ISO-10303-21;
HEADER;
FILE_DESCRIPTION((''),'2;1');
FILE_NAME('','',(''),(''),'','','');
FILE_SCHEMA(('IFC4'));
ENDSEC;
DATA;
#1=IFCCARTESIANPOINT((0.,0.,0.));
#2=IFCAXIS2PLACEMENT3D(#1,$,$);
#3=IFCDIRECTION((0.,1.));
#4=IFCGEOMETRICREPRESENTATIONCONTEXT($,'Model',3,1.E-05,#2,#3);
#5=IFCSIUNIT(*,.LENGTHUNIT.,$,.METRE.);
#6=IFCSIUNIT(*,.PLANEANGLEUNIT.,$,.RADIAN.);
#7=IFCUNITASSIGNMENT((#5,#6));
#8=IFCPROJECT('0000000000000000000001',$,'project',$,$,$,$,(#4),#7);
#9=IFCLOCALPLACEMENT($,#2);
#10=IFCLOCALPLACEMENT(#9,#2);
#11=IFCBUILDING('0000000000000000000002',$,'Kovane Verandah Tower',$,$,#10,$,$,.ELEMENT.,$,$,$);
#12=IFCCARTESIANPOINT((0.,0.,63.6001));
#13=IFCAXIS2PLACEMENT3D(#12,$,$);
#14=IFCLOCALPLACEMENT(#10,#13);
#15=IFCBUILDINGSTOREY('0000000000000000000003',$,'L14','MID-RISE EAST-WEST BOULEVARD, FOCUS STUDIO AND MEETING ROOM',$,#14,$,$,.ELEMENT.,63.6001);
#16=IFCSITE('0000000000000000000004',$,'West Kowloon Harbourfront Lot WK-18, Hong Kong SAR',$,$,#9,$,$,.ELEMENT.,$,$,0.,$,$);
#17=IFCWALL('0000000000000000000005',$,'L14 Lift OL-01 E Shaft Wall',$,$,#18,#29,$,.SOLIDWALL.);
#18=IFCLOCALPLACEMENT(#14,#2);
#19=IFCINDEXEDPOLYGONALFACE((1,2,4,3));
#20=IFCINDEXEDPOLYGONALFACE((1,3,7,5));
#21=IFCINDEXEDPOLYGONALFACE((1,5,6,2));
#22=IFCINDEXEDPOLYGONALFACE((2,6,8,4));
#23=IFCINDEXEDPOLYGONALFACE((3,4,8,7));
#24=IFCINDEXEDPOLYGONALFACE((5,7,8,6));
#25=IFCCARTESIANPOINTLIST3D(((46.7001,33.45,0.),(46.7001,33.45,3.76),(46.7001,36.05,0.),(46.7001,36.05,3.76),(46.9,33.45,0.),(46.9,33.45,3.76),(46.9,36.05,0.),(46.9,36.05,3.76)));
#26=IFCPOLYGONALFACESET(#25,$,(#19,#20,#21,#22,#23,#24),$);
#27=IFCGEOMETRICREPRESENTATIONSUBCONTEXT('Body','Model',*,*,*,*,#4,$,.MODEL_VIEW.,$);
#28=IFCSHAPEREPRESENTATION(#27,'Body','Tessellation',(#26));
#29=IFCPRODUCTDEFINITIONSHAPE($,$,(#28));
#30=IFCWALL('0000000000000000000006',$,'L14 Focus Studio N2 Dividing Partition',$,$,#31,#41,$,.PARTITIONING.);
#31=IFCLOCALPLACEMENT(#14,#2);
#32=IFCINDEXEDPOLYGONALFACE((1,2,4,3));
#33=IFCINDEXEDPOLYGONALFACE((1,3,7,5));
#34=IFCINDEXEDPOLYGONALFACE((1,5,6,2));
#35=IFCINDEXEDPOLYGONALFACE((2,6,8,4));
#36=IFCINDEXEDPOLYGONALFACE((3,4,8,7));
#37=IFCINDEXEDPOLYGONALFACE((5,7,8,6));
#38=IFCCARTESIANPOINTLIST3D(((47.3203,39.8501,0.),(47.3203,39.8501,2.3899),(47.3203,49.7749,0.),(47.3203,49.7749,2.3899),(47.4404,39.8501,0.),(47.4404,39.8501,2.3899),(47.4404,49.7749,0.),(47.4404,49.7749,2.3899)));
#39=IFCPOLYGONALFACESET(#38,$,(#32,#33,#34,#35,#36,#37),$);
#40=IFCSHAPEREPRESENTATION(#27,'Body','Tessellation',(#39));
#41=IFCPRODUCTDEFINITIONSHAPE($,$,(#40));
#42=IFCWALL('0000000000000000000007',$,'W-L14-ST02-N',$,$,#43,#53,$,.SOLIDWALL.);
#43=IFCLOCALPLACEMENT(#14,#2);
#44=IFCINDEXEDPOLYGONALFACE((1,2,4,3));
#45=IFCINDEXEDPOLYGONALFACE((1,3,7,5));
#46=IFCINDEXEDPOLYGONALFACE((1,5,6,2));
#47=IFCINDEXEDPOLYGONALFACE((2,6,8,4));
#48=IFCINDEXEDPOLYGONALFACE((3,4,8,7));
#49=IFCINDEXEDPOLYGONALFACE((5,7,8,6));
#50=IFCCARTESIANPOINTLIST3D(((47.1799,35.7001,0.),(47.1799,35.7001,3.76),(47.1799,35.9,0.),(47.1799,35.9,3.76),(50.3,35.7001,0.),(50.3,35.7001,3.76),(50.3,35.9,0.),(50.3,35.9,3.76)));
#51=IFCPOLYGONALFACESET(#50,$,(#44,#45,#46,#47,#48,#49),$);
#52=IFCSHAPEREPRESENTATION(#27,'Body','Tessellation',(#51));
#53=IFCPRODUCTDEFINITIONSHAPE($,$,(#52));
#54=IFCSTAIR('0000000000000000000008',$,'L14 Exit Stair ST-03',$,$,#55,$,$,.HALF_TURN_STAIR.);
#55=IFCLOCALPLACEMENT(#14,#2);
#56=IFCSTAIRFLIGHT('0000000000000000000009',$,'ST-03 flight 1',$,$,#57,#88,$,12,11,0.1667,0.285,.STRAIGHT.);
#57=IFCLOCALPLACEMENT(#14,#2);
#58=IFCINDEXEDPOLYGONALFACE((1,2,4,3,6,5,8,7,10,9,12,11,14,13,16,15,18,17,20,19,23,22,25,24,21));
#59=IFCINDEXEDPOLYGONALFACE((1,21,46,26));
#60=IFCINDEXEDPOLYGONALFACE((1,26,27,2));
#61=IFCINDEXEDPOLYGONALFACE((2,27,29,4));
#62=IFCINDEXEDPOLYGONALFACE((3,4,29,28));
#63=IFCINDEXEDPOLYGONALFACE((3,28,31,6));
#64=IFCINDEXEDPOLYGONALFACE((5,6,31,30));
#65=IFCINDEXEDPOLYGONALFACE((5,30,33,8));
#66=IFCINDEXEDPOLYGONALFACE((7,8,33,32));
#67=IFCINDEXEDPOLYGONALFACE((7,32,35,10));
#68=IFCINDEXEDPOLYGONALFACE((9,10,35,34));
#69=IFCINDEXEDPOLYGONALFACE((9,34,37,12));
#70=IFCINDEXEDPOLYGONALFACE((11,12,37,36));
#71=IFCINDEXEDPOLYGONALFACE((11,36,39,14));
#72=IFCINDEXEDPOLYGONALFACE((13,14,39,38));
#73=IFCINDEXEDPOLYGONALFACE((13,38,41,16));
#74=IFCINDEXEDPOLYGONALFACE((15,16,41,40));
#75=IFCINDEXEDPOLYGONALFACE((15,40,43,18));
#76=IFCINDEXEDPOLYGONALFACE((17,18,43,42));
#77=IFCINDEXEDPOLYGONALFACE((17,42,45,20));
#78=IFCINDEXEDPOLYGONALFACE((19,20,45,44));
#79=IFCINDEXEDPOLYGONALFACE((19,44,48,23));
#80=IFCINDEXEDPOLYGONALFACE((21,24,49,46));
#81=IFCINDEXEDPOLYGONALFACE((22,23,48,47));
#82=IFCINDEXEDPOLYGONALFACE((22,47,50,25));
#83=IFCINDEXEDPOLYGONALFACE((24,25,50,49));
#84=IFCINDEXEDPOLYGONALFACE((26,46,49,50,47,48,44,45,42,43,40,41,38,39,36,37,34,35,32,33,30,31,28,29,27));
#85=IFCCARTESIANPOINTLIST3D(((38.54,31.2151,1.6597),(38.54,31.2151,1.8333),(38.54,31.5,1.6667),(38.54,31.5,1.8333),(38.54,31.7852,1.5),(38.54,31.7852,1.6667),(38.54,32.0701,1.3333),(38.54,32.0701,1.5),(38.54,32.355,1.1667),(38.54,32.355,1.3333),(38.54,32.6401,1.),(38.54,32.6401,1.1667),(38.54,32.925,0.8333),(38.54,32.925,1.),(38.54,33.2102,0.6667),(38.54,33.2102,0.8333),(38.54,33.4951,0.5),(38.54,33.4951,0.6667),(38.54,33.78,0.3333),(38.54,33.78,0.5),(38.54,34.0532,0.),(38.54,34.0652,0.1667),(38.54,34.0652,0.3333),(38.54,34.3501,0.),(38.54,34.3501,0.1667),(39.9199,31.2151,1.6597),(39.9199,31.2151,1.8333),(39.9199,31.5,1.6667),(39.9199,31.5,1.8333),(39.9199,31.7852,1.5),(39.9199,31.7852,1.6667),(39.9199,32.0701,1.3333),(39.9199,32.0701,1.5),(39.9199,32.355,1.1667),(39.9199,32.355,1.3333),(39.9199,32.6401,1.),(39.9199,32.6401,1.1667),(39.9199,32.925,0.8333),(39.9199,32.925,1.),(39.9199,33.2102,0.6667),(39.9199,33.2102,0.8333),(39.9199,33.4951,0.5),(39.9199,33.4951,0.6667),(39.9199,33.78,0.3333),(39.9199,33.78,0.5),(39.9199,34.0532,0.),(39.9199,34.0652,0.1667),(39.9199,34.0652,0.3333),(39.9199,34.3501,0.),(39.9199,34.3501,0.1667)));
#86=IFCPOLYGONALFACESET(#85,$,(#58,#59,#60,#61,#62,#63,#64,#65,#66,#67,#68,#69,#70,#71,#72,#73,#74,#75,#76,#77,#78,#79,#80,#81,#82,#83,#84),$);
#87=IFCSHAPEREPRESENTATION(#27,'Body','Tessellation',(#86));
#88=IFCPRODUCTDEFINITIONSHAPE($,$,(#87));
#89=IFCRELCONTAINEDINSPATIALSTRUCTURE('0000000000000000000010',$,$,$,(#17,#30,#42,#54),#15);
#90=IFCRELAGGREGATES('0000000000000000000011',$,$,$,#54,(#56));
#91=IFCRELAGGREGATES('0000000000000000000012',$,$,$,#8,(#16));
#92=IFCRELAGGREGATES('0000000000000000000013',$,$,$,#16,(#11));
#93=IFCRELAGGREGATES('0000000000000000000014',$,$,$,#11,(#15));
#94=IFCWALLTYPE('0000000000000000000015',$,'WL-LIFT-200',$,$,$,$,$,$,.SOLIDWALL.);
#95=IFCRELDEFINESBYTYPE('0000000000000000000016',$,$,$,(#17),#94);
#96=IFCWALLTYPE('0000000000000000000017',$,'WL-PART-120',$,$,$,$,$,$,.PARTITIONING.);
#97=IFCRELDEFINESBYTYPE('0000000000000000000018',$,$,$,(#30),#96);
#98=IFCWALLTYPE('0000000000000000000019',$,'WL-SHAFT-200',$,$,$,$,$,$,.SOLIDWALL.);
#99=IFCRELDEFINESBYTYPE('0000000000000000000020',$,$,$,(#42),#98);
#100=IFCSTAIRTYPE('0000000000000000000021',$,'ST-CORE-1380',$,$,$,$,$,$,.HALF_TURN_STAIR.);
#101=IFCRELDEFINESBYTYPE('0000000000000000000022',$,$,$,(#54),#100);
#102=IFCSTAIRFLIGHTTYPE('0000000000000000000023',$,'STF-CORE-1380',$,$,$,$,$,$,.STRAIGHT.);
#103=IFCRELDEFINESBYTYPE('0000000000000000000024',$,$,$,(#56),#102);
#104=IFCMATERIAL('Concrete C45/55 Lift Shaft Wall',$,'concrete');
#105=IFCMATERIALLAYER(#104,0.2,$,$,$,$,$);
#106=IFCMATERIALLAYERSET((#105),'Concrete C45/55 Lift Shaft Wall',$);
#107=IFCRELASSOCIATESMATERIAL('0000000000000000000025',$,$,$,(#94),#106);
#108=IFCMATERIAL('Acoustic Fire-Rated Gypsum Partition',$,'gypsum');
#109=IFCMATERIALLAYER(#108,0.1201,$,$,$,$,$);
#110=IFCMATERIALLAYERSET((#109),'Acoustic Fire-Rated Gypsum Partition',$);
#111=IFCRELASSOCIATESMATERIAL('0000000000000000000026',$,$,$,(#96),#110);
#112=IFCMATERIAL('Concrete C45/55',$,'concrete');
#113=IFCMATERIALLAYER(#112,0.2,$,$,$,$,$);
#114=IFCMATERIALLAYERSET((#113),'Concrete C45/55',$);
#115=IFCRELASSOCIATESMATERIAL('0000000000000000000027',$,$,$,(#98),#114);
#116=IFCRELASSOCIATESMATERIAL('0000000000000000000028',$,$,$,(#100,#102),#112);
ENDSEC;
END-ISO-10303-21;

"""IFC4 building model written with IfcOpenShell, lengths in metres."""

from ifc_helpers import new_model, si_unit, direction, frame, frame_2d, origin, place, context, subcontext, project, spatial, polyline, rectangle, outline, extrude, material, layer, layer_set, type_object, element, aggregate, save


model = new_model("IFC4")

# Units and contexts
model_context = context("Model", 3, precision=1e-05, world=origin(), true_north=direction((0.0, 1.0)))
body_context = subcontext(model_context, "Body", "Model", "MODEL_VIEW")
ifc_project = project(units=[si_unit("LENGTHUNIT", "METRE"), si_unit("PLANEANGLEUNIT", "RADIAN")], contexts=[model_context])

# Site, building, storey
site_placement = place(None, origin())
site = spatial("IfcSite", under=ifc_project, at=site_placement, Name="West Kowloon Harbourfront Lot WK-18, Hong Kong SAR", CompositionType="ELEMENT", RefElevation=0.0)
building_placement = place(site_placement, origin())
building = spatial("IfcBuilding", under=site, at=building_placement, Name="Kovane Verandah Tower", CompositionType="ELEMENT")
storey_placement = place(building_placement, frame((0.0, 0.0, 63.6001)))
storey = spatial("IfcBuildingStorey", under=building, at=storey_placement, Name="L14", Description="MID-RISE EAST-WEST BOULEVARD, FOCUS STUDIO AND MEETING ROOM", CompositionType="ELEMENT", Elevation=63.6001)

# Walls
ifc_material_1 = material(Name="Concrete C45/55 Lift Shaft Wall", Category="concrete")
ifc_layer_1 = layer(ifc_material_1, 0.2)
ifc_layer_set_1 = layer_set([ifc_layer_1], Name="Concrete C45/55 Lift Shaft Wall")
wall_type_1 = type_object("IfcWallType", Name="WL-LIFT-200", PredefinedType="SOLIDWALL", material=ifc_layer_set_1)
wall_1_placement = place(storey_placement, frame((46.8, 33.45, 0.0), z_axis=(0.0, 0.0, 1.0), x_axis=(0.0, 1.0, 0.0)))
element("IfcWall", 1, at=wall_1_placement, inside=storey, type_object=wall_type_1, Name="L14 Lift OL-01 E Shaft Wall", PredefinedType="SOLIDWALL", context=body_context, shape_type="SweptSolid", body=[
    extrude(rectangle(XDim=2.6001, YDim=0.2, at=frame_2d((1.3, 0.0))), origin(), (0.0, 0.0, 1.0), 3.76),
])
ifc_material_2 = material(Name="Acoustic Fire-Rated Gypsum Partition", Category="gypsum")
ifc_layer_2 = layer(ifc_material_2, 0.1201)
ifc_layer_set_2 = layer_set([ifc_layer_2], Name="Acoustic Fire-Rated Gypsum Partition")
wall_type_2 = type_object("IfcWallType", Name="WL-PART-120", PredefinedType="PARTITIONING", material=ifc_layer_set_2)
wall_2_placement = place(storey_placement, frame((47.3804, 39.8501, 0.0), z_axis=(0.0, 0.0, 1.0), x_axis=(0.0, 1.0, 0.0)))
element("IfcWall", 2, at=wall_2_placement, inside=storey, type_object=wall_type_2, Name="L14 Focus Studio N2 Dividing Partition", PredefinedType="PARTITIONING", context=body_context, shape_type="SweptSolid", body=[
    extrude(rectangle(XDim=9.9248, YDim=0.1201, at=frame_2d((4.9624, 0.0))), origin(), (0.0, 0.0, 1.0), 2.3899),
])
ifc_material_3 = material(Name="Concrete C45/55", Category="concrete")
ifc_layer_3 = layer(ifc_material_3, 0.2)
ifc_layer_set_3 = layer_set([ifc_layer_3], Name="Concrete C45/55")
wall_type_3 = type_object("IfcWallType", Name="WL-SHAFT-200", PredefinedType="SOLIDWALL", material=ifc_layer_set_3)
wall_3_placement = place(storey_placement, frame((47.1799, 35.8, 0.0), z_axis=(0.0, 0.0, 1.0), x_axis=(1.0, 0.0, 0.0)))
element("IfcWall", 3, at=wall_3_placement, inside=storey, type_object=wall_type_3, Name="W-L14-ST02-N", PredefinedType="SOLIDWALL", context=body_context, shape_type="SweptSolid", body=[
    extrude(rectangle(XDim=3.1201, YDim=0.2, at=frame_2d((1.5601, 0.0))), origin(), (0.0, 0.0, 1.0), 3.76),
])

# Stair, stair flight
stair_type = type_object("IfcStairType", Name="ST-CORE-1380", PredefinedType="HALF_TURN_STAIR", material=ifc_material_3)
stair_placement = place(storey_placement, origin())
stair = element("IfcStair", 4, at=stair_placement, inside=storey, type_object=stair_type, Name="L14 Exit Stair ST-03", PredefinedType="HALF_TURN_STAIR")
stair_flight_type = type_object("IfcStairFlightType", Name="STF-CORE-1380", PredefinedType="STRAIGHT", material=ifc_material_3)
stair_flight_placement = place(storey_placement, frame((39.23, 34.3501, 0.0), z_axis=(0.0, 0.0, 1.0), x_axis=(0.0, -1.0, 0.0)))
stair_flight = element("IfcStairFlight", 5, at=stair_flight_placement, type_object=stair_flight_type, Name="ST-03 flight 1", NumberOfRisers=12, NumberOfTreads=11, PredefinedType="STRAIGHT", RiserHeight=0.1667, TreadLength=0.285, context=body_context, shape_type="SweptSolid", body=[
    extrude(outline(polyline([(0.0, 0.0), (0.0, 0.1667), (0.2849, 0.1667), (0.2849, 0.3333), (0.5701, 0.3333), (0.5701, 0.5), (0.855, 0.5), (0.855, 0.6667), (1.1399, 0.6667), (1.1399, 0.8333), (1.425, 0.8333), (1.425, 1.0), (1.71, 1.0), (1.71, 1.1667), (1.9951, 1.1667), (1.9951, 1.3333), (2.28, 1.3333), (2.28, 1.5), (2.5649, 1.5), (2.5649, 1.6667), (2.8501, 1.6667), (2.8501, 1.8333), (3.135, 1.8333), (3.135, 2.0), (3.135, 1.6597), (0.2969, 0.0), (0.0, 0.0)])), frame((0.0, 0.6899, 0.0), z_axis=(0.0, -1.0, 0.0), x_axis=(1.0, 0.0, 0.0)), (0.0, 0.0, 1.0), 1.3799),
])
aggregate(stair, [stair_flight])

save(model, "model.ifc")
